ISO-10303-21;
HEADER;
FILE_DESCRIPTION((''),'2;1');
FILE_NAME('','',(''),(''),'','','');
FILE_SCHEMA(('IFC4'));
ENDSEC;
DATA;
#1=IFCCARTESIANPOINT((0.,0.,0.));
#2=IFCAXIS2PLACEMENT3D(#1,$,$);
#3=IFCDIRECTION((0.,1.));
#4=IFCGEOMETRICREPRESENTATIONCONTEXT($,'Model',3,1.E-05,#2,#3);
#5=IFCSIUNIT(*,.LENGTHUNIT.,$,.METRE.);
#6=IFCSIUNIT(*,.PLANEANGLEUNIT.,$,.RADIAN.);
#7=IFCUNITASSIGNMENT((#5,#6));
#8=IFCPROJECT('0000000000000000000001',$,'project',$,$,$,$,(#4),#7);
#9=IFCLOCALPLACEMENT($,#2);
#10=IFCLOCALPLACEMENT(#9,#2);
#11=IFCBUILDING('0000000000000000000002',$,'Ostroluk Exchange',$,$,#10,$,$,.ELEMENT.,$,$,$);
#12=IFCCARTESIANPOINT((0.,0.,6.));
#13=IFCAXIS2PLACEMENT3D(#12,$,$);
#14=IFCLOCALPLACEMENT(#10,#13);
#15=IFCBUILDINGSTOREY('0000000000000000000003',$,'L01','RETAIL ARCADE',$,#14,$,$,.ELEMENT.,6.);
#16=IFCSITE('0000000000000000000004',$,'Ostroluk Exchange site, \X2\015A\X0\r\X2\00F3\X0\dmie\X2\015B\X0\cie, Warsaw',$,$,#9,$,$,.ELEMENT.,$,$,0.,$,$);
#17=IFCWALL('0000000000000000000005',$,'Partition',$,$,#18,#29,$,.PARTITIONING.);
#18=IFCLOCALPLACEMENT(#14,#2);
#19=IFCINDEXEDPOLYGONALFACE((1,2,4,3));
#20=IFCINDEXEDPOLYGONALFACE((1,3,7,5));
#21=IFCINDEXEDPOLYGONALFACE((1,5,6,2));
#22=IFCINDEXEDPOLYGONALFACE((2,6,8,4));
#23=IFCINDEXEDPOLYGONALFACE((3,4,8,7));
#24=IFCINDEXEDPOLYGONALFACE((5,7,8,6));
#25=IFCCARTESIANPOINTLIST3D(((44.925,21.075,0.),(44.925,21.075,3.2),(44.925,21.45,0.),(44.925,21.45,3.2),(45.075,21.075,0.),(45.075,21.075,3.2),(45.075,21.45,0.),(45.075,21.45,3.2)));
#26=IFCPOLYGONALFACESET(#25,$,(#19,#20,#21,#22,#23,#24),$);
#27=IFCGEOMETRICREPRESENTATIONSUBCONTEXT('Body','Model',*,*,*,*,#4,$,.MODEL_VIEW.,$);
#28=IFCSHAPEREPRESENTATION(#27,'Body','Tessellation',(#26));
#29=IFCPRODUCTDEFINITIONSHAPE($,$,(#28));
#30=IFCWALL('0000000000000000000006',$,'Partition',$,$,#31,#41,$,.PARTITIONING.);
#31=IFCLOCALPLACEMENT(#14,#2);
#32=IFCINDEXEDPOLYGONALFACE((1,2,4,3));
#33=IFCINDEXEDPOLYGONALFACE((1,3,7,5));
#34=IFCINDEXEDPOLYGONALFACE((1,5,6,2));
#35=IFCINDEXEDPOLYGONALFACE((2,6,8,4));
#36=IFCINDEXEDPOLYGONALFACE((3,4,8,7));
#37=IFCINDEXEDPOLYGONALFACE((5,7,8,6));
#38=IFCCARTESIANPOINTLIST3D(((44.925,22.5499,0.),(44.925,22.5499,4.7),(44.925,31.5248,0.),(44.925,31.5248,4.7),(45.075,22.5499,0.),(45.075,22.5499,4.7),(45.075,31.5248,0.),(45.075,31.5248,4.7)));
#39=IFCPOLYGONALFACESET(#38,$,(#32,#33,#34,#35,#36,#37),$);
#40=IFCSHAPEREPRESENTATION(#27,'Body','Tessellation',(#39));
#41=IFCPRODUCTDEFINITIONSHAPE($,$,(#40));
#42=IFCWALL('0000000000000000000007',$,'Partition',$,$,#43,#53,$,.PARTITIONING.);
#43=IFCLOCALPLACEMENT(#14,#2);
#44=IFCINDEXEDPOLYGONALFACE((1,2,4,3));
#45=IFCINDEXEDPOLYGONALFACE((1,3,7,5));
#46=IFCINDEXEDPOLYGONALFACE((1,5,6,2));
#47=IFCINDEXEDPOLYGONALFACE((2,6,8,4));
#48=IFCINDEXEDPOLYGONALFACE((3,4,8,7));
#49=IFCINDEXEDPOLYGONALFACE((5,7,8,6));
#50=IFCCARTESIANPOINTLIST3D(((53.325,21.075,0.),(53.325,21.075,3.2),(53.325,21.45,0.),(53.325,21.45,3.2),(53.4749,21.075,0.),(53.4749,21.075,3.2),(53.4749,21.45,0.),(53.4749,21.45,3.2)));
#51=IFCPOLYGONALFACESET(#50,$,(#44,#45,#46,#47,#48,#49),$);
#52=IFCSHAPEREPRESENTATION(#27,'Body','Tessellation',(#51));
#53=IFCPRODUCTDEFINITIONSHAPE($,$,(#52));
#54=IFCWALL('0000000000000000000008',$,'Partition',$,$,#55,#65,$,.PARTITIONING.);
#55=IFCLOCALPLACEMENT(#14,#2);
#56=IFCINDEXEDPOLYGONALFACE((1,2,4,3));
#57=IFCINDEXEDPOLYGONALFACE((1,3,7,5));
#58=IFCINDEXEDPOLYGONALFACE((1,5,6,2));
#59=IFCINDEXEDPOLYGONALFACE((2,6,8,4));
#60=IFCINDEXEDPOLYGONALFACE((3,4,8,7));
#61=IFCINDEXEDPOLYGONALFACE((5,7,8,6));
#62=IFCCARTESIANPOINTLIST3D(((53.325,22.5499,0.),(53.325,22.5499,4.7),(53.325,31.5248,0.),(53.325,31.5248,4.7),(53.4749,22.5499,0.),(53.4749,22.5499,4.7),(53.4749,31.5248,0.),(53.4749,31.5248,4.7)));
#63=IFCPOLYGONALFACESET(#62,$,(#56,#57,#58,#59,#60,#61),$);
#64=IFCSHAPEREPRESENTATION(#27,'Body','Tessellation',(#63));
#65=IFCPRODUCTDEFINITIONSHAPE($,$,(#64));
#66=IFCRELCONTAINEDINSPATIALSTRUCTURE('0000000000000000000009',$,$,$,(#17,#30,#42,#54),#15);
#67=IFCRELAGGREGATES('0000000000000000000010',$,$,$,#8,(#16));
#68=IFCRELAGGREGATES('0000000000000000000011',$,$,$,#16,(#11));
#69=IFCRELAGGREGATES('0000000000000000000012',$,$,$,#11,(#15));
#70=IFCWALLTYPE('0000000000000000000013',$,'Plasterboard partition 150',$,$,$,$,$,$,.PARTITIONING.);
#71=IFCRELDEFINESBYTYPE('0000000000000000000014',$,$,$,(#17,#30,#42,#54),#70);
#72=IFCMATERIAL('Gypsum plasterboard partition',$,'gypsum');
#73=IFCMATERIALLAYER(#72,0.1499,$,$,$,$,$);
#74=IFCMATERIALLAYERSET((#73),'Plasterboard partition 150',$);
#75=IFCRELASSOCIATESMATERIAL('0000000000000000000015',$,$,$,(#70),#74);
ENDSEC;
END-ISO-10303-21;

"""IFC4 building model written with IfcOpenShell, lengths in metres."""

from ifc_helpers import new_model, si_unit, direction, frame, frame_2d, origin, place, context, subcontext, project, spatial, rectangle, extrude, material, layer, layer_set, type_object, element, save


model = new_model("IFC4")

# Units and contexts
model_context = context("Model", 3, precision=1e-05, world=origin(), true_north=direction((0.0, 1.0)))
body_context = subcontext(model_context, "Body", "Model", "MODEL_VIEW")
ifc_project = project(units=[si_unit("LENGTHUNIT", "METRE"), si_unit("PLANEANGLEUNIT", "RADIAN")], contexts=[model_context])

# Site, building, storey
site_placement = place(None, origin())
site = spatial("IfcSite", under=ifc_project, at=site_placement, Name="Ostroluk Exchange site, Śródmieście, Warsaw", CompositionType="ELEMENT", RefElevation=0.0)
building_placement = place(site_placement, origin())
building = spatial("IfcBuilding", under=site, at=building_placement, Name="Ostroluk Exchange", CompositionType="ELEMENT")
storey_placement = place(building_placement, frame((0.0, 0.0, 6.0)))
storey = spatial("IfcBuildingStorey", under=building, at=storey_placement, Name="L01", Description="RETAIL ARCADE", CompositionType="ELEMENT", Elevation=6.0)

# Walls
ifc_material_1 = material(Name="Gypsum plasterboard partition", Category="gypsum")
ifc_layer_1 = layer(ifc_material_1, 0.1499)
ifc_layer_set_1 = layer_set([ifc_layer_1], Name="Plasterboard partition 150")
wall_type_1 = type_object("IfcWallType", Name="Plasterboard partition 150", PredefinedType="PARTITIONING", material=ifc_layer_set_1)
wall_1_placement = place(storey_placement, frame((45.0, 21.075, 0.0), z_axis=(0.0, 0.0, 1.0), x_axis=(0.0, 1.0, 0.0)))
element("IfcWall", 1, at=wall_1_placement, inside=storey, type_object=wall_type_1, Name="Partition", PredefinedType="PARTITIONING", context=body_context, shape_type="SweptSolid", body=[
    extrude(rectangle(XDim=0.375, YDim=0.1499, at=frame_2d((0.1875, 0.0))), origin(), (0.0, 0.0, 1.0), 3.2),
])
wall_2_placement = place(storey_placement, frame((45.0, 22.55, 0.0), z_axis=(0.0, 0.0, 1.0), x_axis=(0.0, 1.0, 0.0)))
element("IfcWall", 2, at=wall_2_placement, inside=storey, type_object=wall_type_1, Name="Partition", PredefinedType="PARTITIONING", context=body_context, shape_type="SweptSolid", body=[
    extrude(rectangle(XDim=8.9749, YDim=0.1499, at=frame_2d((4.4873, 0.0))), origin(), (0.0, 0.0, 1.0), 4.7),
])
wall_3_placement = place(storey_placement, frame((53.3999, 21.075, 0.0), z_axis=(0.0, 0.0, 1.0), x_axis=(0.0, 1.0, 0.0)))
element("IfcWall", 3, at=wall_3_placement, inside=storey, type_object=wall_type_1, Name="Partition", PredefinedType="PARTITIONING", context=body_context, shape_type="SweptSolid", body=[
    extrude(rectangle(XDim=0.375, YDim=0.1499, at=frame_2d((0.1875, 0.0))), origin(), (0.0, 0.0, 1.0), 3.2),
])
wall_4_placement = place(storey_placement, frame((53.3999, 22.55, 0.0), z_axis=(0.0, 0.0, 1.0), x_axis=(0.0, 1.0, 0.0)))
element("IfcWall", 4, at=wall_4_placement, inside=storey, type_object=wall_type_1, Name="Partition", PredefinedType="PARTITIONING", context=body_context, shape_type="SweptSolid", body=[
    extrude(rectangle(XDim=8.9749, YDim=0.1499, at=frame_2d((4.4873, 0.0))), origin(), (0.0, 0.0, 1.0), 4.7),
])

save(model, "model.ifc")
